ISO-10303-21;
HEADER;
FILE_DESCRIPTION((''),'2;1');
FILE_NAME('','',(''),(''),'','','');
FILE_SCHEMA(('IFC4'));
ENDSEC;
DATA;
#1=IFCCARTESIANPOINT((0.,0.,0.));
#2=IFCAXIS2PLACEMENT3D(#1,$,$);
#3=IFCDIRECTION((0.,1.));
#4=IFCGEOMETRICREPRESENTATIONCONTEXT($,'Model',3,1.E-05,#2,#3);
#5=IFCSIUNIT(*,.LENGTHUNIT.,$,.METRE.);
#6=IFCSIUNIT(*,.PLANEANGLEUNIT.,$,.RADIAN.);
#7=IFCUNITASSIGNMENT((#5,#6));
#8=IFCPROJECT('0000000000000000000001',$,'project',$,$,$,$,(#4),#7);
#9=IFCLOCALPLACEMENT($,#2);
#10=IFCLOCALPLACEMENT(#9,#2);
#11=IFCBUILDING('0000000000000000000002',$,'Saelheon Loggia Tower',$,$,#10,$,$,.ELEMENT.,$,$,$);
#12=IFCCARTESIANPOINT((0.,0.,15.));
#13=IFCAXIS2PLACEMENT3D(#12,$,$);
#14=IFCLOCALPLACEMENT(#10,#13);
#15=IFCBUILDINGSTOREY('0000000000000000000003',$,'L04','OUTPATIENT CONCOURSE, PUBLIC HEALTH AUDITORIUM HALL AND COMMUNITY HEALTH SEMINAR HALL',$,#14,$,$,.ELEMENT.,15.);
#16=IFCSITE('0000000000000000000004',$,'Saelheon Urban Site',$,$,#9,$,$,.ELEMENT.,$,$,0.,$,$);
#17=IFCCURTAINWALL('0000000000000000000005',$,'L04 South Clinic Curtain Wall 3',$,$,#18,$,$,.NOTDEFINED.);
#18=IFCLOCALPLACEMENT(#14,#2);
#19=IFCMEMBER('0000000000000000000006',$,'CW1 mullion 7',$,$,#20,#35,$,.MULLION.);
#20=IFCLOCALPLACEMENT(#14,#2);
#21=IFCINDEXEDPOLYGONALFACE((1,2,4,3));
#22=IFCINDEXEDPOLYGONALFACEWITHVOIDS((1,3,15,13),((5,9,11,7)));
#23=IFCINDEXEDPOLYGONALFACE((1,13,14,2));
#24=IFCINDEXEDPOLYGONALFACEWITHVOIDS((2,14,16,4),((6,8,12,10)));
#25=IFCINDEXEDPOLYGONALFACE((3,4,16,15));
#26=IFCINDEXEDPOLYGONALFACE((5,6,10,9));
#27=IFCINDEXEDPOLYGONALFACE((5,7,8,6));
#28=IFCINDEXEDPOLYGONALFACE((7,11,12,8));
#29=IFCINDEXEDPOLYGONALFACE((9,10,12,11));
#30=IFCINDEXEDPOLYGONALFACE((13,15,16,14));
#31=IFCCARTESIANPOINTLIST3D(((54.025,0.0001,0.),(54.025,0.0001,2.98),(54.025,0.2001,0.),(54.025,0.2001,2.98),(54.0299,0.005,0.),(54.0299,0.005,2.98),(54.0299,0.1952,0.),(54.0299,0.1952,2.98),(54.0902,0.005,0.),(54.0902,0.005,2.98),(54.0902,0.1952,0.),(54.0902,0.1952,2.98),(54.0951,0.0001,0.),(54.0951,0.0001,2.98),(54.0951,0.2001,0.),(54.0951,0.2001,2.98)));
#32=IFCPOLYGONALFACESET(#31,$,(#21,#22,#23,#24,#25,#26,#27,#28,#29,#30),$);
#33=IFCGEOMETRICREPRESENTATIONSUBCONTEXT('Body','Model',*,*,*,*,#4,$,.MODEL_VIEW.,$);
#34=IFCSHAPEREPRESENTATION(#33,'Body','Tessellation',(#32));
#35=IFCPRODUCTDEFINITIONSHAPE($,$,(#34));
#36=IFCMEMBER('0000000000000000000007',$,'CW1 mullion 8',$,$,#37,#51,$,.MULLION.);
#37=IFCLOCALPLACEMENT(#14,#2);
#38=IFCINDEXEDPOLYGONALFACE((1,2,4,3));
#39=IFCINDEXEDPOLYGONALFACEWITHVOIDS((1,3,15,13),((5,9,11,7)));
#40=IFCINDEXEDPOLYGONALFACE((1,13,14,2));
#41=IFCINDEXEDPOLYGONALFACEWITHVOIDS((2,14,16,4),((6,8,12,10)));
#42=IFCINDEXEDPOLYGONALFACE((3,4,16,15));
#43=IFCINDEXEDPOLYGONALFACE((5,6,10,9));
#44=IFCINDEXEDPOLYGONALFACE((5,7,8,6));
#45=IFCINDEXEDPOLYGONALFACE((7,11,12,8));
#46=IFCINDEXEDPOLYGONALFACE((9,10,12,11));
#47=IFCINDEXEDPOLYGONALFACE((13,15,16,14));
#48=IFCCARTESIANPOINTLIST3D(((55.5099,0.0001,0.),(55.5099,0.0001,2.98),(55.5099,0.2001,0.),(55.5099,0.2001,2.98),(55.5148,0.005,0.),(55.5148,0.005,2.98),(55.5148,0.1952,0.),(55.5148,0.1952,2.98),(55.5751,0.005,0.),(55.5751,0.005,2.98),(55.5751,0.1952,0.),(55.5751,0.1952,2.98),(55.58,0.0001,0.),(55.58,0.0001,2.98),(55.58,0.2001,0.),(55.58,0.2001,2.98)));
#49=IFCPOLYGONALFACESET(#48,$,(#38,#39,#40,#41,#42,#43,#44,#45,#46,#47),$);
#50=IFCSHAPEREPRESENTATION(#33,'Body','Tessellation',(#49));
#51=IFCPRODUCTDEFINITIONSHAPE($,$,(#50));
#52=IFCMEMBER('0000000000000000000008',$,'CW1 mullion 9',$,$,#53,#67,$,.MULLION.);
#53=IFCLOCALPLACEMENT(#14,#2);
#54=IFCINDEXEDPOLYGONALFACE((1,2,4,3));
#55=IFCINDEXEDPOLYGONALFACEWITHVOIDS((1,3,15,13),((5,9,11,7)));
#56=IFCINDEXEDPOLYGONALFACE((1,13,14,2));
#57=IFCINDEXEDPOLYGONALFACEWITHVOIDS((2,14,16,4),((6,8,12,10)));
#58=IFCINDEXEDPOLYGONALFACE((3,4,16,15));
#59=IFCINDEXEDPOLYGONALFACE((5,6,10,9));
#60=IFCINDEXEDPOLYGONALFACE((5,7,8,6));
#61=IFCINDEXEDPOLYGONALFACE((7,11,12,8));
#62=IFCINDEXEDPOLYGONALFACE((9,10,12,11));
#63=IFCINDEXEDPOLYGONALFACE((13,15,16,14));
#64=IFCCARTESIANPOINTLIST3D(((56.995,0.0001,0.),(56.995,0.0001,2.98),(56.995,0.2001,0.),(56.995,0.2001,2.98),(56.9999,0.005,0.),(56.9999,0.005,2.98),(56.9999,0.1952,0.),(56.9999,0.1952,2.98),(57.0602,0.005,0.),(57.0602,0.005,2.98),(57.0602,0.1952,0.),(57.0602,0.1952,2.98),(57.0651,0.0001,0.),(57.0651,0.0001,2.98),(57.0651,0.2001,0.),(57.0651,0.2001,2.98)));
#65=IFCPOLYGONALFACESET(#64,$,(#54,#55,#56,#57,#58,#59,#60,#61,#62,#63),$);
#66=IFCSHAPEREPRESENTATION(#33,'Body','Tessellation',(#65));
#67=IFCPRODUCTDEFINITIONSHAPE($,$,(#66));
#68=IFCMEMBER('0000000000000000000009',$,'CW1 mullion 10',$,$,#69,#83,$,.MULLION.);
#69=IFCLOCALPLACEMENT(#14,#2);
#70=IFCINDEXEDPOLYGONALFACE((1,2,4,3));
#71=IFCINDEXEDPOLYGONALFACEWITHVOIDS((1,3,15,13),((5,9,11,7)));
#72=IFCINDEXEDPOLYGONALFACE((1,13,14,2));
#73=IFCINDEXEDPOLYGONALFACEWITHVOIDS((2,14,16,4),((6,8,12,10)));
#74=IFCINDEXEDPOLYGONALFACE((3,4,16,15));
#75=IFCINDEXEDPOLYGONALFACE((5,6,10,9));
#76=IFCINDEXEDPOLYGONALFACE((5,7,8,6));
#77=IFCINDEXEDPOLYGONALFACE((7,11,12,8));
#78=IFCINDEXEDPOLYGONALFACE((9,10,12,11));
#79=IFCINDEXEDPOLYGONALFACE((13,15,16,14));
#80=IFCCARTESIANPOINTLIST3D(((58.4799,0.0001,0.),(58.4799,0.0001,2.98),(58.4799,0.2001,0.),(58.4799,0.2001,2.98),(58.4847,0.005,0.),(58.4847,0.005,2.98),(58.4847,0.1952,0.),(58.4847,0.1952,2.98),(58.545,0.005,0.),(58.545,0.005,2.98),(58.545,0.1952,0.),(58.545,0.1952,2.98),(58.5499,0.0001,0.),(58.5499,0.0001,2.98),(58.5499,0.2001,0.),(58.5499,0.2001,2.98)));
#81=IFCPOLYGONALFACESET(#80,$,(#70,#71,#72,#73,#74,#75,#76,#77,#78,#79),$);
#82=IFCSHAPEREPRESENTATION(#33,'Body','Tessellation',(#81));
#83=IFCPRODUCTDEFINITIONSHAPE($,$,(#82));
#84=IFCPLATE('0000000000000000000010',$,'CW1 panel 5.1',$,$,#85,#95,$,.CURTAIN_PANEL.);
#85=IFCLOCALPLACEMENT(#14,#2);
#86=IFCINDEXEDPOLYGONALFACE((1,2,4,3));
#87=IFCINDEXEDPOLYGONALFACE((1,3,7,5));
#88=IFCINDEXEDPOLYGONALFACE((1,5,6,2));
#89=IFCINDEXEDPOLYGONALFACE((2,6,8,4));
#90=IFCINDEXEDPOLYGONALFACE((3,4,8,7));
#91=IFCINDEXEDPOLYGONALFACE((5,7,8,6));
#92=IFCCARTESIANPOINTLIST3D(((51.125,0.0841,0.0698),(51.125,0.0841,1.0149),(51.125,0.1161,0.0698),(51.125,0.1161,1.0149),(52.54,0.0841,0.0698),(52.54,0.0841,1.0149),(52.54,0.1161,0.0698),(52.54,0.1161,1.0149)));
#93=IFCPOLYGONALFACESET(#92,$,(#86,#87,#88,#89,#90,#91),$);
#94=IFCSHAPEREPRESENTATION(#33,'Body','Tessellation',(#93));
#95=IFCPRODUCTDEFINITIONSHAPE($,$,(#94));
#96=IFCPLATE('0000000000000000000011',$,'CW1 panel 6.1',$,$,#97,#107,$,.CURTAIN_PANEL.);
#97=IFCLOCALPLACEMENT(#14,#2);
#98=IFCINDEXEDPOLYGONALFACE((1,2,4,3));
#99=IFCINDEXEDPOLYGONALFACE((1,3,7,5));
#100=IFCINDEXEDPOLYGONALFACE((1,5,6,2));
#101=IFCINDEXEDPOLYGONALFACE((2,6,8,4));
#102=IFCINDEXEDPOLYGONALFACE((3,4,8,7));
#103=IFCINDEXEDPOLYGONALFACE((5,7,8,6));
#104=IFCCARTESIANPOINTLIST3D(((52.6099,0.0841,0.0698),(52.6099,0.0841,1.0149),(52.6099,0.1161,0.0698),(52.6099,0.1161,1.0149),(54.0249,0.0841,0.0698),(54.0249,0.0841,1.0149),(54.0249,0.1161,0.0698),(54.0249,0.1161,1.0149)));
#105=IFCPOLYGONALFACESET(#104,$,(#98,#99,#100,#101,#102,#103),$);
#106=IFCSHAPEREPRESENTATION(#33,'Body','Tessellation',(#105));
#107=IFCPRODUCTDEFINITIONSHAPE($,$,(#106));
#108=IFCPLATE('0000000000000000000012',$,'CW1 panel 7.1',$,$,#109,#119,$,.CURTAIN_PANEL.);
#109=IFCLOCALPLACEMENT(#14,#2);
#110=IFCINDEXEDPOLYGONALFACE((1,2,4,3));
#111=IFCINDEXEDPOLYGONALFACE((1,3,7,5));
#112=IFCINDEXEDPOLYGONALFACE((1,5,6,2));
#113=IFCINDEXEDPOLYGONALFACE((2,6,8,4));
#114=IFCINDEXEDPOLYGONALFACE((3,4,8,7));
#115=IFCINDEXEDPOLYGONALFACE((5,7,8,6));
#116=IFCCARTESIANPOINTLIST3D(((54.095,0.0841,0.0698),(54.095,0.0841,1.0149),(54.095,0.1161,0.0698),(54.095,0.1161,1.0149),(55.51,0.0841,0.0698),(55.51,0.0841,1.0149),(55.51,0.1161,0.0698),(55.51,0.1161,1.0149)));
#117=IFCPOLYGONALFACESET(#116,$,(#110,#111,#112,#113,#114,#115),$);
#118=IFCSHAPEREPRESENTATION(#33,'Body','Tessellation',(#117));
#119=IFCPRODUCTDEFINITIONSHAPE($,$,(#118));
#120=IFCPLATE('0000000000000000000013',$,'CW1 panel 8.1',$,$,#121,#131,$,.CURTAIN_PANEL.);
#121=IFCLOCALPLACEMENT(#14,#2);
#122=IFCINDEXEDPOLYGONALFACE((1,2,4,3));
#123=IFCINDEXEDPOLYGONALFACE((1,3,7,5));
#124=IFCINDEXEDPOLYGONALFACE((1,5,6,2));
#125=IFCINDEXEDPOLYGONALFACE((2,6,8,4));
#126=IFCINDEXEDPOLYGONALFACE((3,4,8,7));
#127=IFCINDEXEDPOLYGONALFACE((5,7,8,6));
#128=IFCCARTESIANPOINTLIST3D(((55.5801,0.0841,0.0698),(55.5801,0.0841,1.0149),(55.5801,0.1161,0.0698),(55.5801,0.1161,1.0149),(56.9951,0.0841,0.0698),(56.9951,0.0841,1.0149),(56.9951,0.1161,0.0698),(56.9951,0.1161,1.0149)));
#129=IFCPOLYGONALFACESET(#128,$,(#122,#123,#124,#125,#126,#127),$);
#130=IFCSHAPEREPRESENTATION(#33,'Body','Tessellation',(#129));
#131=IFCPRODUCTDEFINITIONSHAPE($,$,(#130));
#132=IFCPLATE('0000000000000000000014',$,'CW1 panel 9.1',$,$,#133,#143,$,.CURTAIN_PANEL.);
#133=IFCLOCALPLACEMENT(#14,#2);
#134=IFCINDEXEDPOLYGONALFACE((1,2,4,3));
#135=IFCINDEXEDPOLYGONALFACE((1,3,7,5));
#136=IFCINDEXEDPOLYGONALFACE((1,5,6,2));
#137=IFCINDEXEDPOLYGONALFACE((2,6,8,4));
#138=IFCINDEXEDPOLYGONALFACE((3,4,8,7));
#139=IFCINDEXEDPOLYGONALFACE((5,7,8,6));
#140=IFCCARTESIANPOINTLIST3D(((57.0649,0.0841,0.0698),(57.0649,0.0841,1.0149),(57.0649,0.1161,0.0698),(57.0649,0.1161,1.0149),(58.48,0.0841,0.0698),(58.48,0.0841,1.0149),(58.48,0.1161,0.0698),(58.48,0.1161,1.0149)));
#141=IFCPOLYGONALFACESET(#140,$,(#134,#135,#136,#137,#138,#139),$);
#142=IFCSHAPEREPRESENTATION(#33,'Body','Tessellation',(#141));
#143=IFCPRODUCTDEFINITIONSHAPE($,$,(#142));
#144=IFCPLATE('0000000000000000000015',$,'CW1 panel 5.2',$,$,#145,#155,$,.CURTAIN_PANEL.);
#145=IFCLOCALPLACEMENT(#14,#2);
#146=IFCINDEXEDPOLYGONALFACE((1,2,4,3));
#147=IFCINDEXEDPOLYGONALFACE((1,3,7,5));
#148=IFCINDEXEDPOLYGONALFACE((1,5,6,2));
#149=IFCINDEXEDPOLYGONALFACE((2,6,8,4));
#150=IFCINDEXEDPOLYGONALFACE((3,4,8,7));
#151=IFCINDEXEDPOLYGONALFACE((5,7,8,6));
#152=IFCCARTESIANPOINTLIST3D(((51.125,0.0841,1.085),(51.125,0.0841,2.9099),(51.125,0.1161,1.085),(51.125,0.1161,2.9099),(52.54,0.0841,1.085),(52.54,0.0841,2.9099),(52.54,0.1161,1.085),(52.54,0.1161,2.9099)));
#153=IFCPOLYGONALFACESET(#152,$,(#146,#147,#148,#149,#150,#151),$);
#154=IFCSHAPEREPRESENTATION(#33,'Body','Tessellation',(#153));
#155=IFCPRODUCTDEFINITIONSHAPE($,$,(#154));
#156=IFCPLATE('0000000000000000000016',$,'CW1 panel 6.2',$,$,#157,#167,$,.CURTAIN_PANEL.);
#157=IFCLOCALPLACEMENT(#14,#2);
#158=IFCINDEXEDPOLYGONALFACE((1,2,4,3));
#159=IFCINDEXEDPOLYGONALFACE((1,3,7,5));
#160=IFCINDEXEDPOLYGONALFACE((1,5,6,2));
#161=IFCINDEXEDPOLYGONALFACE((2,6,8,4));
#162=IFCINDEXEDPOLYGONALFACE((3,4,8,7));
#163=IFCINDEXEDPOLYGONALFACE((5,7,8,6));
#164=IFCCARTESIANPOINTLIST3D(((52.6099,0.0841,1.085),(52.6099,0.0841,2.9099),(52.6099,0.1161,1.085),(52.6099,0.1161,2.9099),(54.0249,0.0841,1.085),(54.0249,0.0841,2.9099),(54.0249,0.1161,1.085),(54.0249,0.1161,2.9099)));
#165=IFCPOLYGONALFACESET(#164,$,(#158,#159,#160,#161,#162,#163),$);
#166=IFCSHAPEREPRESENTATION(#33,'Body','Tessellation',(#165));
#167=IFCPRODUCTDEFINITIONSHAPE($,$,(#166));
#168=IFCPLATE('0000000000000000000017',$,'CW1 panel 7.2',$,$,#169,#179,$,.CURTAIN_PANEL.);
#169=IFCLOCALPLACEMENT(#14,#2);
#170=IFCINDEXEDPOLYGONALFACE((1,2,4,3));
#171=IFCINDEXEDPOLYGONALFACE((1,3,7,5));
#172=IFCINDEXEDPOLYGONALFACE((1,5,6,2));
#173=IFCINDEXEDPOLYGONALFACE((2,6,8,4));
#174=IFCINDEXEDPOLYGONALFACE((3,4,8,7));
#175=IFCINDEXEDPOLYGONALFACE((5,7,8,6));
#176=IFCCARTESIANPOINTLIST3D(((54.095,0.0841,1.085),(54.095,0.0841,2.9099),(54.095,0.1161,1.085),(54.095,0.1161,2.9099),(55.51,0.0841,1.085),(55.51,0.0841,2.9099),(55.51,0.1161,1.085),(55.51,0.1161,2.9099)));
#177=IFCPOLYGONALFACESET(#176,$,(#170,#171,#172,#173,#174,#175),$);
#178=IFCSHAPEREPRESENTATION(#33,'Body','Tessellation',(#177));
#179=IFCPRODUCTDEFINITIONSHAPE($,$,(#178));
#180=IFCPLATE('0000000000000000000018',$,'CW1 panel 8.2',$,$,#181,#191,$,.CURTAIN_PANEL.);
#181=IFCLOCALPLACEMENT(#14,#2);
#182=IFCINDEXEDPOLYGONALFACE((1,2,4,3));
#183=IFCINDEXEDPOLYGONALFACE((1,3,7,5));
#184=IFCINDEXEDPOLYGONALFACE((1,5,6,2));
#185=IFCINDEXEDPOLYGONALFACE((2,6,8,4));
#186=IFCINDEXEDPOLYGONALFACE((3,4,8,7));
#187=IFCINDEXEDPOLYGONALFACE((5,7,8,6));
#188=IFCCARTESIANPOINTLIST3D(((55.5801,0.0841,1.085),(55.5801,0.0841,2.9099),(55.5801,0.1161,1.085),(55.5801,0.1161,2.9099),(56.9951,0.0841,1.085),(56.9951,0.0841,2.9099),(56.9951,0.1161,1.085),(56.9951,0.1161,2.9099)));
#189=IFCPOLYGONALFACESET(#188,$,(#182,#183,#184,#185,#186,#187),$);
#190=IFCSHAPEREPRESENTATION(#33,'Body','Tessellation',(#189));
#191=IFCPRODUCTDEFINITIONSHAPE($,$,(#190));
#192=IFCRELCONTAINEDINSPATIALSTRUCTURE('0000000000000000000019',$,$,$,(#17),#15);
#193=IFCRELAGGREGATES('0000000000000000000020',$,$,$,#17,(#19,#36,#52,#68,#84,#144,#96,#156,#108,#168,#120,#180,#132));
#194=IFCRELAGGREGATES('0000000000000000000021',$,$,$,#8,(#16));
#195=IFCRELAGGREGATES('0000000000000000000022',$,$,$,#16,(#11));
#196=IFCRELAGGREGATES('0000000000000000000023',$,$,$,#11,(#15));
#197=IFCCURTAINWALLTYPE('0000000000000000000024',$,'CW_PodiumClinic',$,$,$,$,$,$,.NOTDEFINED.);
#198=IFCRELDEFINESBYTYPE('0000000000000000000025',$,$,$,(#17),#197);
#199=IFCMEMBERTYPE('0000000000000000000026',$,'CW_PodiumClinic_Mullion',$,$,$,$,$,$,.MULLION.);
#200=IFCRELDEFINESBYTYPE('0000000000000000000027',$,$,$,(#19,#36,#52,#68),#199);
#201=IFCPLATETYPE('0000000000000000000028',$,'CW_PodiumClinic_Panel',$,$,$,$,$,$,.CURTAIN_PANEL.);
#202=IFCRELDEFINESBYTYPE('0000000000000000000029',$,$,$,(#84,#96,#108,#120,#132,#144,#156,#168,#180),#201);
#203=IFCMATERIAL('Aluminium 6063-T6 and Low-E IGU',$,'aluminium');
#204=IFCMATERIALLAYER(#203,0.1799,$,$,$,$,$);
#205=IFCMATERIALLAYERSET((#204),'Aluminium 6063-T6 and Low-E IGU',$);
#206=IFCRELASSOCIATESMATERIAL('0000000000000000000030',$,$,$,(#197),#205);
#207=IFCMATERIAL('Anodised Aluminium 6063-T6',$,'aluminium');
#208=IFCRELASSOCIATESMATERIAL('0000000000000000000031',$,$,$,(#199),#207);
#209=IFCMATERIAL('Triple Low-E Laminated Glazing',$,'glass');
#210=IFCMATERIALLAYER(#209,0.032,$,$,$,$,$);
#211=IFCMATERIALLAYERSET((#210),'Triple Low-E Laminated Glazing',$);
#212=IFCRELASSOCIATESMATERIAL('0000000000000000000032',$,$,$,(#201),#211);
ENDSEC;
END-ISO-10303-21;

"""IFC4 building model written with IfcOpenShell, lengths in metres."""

from ifc_helpers import new_model, si_unit, direction, frame, origin, origin_2d, place, context, subcontext, project, spatial, rectangle, hollow_rectangle, extrude, source, transform, mapped, material, layer, layer_set, material_profile, profile_set, type_object, element, aggregate, save


model = new_model("IFC4")

# Units and contexts
model_context = context("Model", 3, precision=1e-05, world=origin(), true_north=direction((0.0, 1.0)))
body_context = subcontext(model_context, "Body", "Model", "MODEL_VIEW")
ifc_project = project(units=[si_unit("LENGTHUNIT", "METRE"), si_unit("PLANEANGLEUNIT", "RADIAN")], contexts=[model_context])

# Site, building, storey
site_placement = place(None, origin())
site = spatial("IfcSite", under=ifc_project, at=site_placement, Name="Saelheon Urban Site", CompositionType="ELEMENT", RefElevation=0.0)
building_placement = place(site_placement, origin())
building = spatial("IfcBuilding", under=site, at=building_placement, Name="Saelheon Loggia Tower", CompositionType="ELEMENT")
storey_placement = place(building_placement, frame((0.0, 0.0, 15.0)))
storey = spatial("IfcBuildingStorey", under=building, at=storey_placement, Name="L04", Description="OUTPATIENT CONCOURSE, PUBLIC HEALTH AUDITORIUM HALL AND COMMUNITY HEALTH SEMINAR HALL", CompositionType="ELEMENT", Elevation=15.0)

# Curtain wall, members, plates
ifc_material_1 = material(Name="Aluminium 6063-T6 and Low-E IGU", Category="aluminium")
ifc_layer_1 = layer(ifc_material_1, 0.1799)
ifc_layer_set_1 = layer_set([ifc_layer_1], Name="Aluminium 6063-T6 and Low-E IGU")
curtain_wall_type = type_object("IfcCurtainWallType", Name="CW_PodiumClinic", PredefinedType="NOTDEFINED", material=ifc_layer_set_1)
curtain_wall_placement = place(storey_placement, origin())
curtain_wall = element("IfcCurtainWall", 1, at=curtain_wall_placement, inside=storey, type_object=curtain_wall_type, Name="L04 South Clinic Curtain Wall 3", PredefinedType="NOTDEFINED")
ifc_material_2 = material(Name="Anodised Aluminium 6063-T6", Category="aluminium")
ifc_material_profile_1 = material_profile(ifc_material_2, hollow_rectangle(XDim=0.0701, YDim=0.2, WallThickness=0.0049, at=origin_2d()), Name="RHS-200x70x5")
ifc_profile_set_1 = profile_set([ifc_material_profile_1], Name="Anodised Aluminium 6063-T6")
member_type_1 = type_object("IfcMemberType", Name="CW_PodiumClinic_Mullion", PredefinedType="MULLION", material=ifc_profile_set_1)
shared_shape_1 = source(origin(), body_context, "Body", "SweptSolid", [
    extrude(hollow_rectangle(XDim=0.0701, YDim=0.2, WallThickness=0.0049, at=origin_2d()), origin(), (0.0, 0.0, 1.0), 2.98),
])
member_1_placement = place(storey_placement, frame((54.0601, 0.1001, 0.0), z_axis=(0.0, 0.0, 1.0), x_axis=(1.0, 0.0, 0.0)))
member_1 = element("IfcMember", 2, at=member_1_placement, type_object=member_type_1, Name="CW1 mullion 7", PredefinedType="MULLION", context=body_context, shape_type="MappedRepresentation", body=[
    mapped(shared_shape_1, transform((0.0, 0.0, 0.0), scale=1.0)),
])
member_2_placement = place(storey_placement, frame((55.5449, 0.1001, 0.0), z_axis=(0.0, 0.0, 1.0), x_axis=(1.0, 0.0, 0.0)))
member_2 = element("IfcMember", 3, at=member_2_placement, type_object=member_type_1, Name="CW1 mullion 8", PredefinedType="MULLION", context=body_context, shape_type="MappedRepresentation", body=[
    mapped(shared_shape_1, transform((0.0, 0.0, 0.0), scale=1.0)),
])
member_3_placement = place(storey_placement, frame((57.03, 0.1001, 0.0), z_axis=(0.0, 0.0, 1.0), x_axis=(1.0, 0.0, 0.0)))
member_3 = element("IfcMember", 4, at=member_3_placement, type_object=member_type_1, Name="CW1 mullion 9", PredefinedType="MULLION", context=body_context, shape_type="MappedRepresentation", body=[
    mapped(shared_shape_1, transform((0.0, 0.0, 0.0), scale=1.0)),
])
member_4_placement = place(storey_placement, frame((58.5149, 0.1001, 0.0), z_axis=(0.0, 0.0, 1.0), x_axis=(1.0, 0.0, 0.0)))
member_4 = element("IfcMember", 5, at=member_4_placement, type_object=member_type_1, Name="CW1 mullion 10", PredefinedType="MULLION", context=body_context, shape_type="MappedRepresentation", body=[
    mapped(shared_shape_1, transform((0.0, 0.0, 0.0), scale=1.0)),
])
ifc_material_3 = material(Name="Triple Low-E Laminated Glazing", Category="glass")
ifc_layer_2 = layer(ifc_material_3, 0.032)
ifc_layer_set_2 = layer_set([ifc_layer_2], Name="Triple Low-E Laminated Glazing")
plate_type = type_object("IfcPlateType", Name="CW_PodiumClinic_Panel", PredefinedType="CURTAIN_PANEL", material=ifc_layer_set_2)
shared_shape_2 = source(origin(), body_context, "Body", "SweptSolid", [
    extrude(rectangle(XDim=1.415, YDim=0.032, at=origin_2d()), origin(), (0.0, 0.0, 1.0), 0.9451),
])
plate_1_placement = place(storey_placement, frame((51.8325, 0.1001, 0.0698), z_axis=(0.0, 0.0, 1.0), x_axis=(1.0, 0.0, 0.0)))
plate_1 = element("IfcPlate", 6, at=plate_1_placement, type_object=plate_type, Name="CW1 panel 5.1", PredefinedType="CURTAIN_PANEL", context=body_context, shape_type="MappedRepresentation", body=[
    mapped(shared_shape_2, transform((0.0, 0.0, 0.0), scale=1.0)),
])
plate_2_placement = place(storey_placement, frame((53.3174, 0.1001, 0.0698), z_axis=(0.0, 0.0, 1.0), x_axis=(1.0, 0.0, 0.0)))
plate_2 = element("IfcPlate", 7, at=plate_2_placement, type_object=plate_type, Name="CW1 panel 6.1", PredefinedType="CURTAIN_PANEL", context=body_context, shape_type="MappedRepresentation", body=[
    mapped(shared_shape_2, transform((0.0, 0.0, 0.0), scale=1.0)),
])
plate_3_placement = place(storey_placement, frame((54.8025, 0.1001, 0.0698), z_axis=(0.0, 0.0, 1.0), x_axis=(1.0, 0.0, 0.0)))
plate_3 = element("IfcPlate", 8, at=plate_3_placement, type_object=plate_type, Name="CW1 panel 7.1", PredefinedType="CURTAIN_PANEL", context=body_context, shape_type="MappedRepresentation", body=[
    mapped(shared_shape_2, transform((0.0, 0.0, 0.0), scale=1.0)),
])
plate_4_placement = place(storey_placement, frame((56.2876, 0.1001, 0.0698), z_axis=(0.0, 0.0, 1.0), x_axis=(1.0, 0.0, 0.0)))
plate_4 = element("IfcPlate", 9, at=plate_4_placement, type_object=plate_type, Name="CW1 panel 8.1", PredefinedType="CURTAIN_PANEL", context=body_context, shape_type="MappedRepresentation", body=[
    mapped(shared_shape_2, transform((0.0, 0.0, 0.0), scale=1.0)),
])
plate_5_placement = place(storey_placement, frame((57.7725, 0.1001, 0.0698), z_axis=(0.0, 0.0, 1.0), x_axis=(1.0, 0.0, 0.0)))
plate_5 = element("IfcPlate", 10, at=plate_5_placement, type_object=plate_type, Name="CW1 panel 9.1", PredefinedType="CURTAIN_PANEL", context=body_context, shape_type="MappedRepresentation", body=[
    mapped(shared_shape_2, transform((0.0, 0.0, 0.0), scale=1.0)),
])
shared_shape_3 = source(origin(), body_context, "Body", "SweptSolid", [
    extrude(rectangle(XDim=1.415, YDim=0.032, at=origin_2d()), origin(), (0.0, 0.0, 1.0), 1.825),
])
plate_6_placement = place(storey_placement, frame((51.8325, 0.1001, 1.085), z_axis=(0.0, 0.0, 1.0), x_axis=(1.0, 0.0, 0.0)))
plate_6 = element("IfcPlate", 11, at=plate_6_placement, type_object=plate_type, Name="CW1 panel 5.2", PredefinedType="CURTAIN_PANEL", context=body_context, shape_type="MappedRepresentation", body=[
    mapped(shared_shape_3, transform((0.0, 0.0, 0.0), scale=1.0)),
])
plate_7_placement = place(storey_placement, frame((53.3174, 0.1001, 1.085), z_axis=(0.0, 0.0, 1.0), x_axis=(1.0, 0.0, 0.0)))
plate_7 = element("IfcPlate", 12, at=plate_7_placement, type_object=plate_type, Name="CW1 panel 6.2", PredefinedType="CURTAIN_PANEL", context=body_context, shape_type="MappedRepresentation", body=[
    mapped(shared_shape_3, transform((0.0, 0.0, 0.0), scale=1.0)),
])
plate_8_placement = place(storey_placement, frame((54.8025, 0.1001, 1.085), z_axis=(0.0, 0.0, 1.0), x_axis=(1.0, 0.0, 0.0)))
plate_8 = element("IfcPlate", 13, at=plate_8_placement, type_object=plate_type, Name="CW1 panel 7.2", PredefinedType="CURTAIN_PANEL", context=body_context, shape_type="MappedRepresentation", body=[
    mapped(shared_shape_3, transform((0.0, 0.0, 0.0), scale=1.0)),
])
plate_9_placement = place(storey_placement, frame((56.2876, 0.1001, 1.085), z_axis=(0.0, 0.0, 1.0), x_axis=(1.0, 0.0, 0.0)))
plate_9 = element("IfcPlate", 14, at=plate_9_placement, type_object=plate_type, Name="CW1 panel 8.2", PredefinedType="CURTAIN_PANEL", context=body_context, shape_type="MappedRepresentation", body=[
    mapped(shared_shape_3, transform((0.0, 0.0, 0.0), scale=1.0)),
])
aggregate(curtain_wall, [member_1, member_2, member_3, member_4, plate_1, plate_6, plate_2, plate_7, plate_3, plate_8, plate_4, plate_9, plate_5])

save(model, "model.ifc")
